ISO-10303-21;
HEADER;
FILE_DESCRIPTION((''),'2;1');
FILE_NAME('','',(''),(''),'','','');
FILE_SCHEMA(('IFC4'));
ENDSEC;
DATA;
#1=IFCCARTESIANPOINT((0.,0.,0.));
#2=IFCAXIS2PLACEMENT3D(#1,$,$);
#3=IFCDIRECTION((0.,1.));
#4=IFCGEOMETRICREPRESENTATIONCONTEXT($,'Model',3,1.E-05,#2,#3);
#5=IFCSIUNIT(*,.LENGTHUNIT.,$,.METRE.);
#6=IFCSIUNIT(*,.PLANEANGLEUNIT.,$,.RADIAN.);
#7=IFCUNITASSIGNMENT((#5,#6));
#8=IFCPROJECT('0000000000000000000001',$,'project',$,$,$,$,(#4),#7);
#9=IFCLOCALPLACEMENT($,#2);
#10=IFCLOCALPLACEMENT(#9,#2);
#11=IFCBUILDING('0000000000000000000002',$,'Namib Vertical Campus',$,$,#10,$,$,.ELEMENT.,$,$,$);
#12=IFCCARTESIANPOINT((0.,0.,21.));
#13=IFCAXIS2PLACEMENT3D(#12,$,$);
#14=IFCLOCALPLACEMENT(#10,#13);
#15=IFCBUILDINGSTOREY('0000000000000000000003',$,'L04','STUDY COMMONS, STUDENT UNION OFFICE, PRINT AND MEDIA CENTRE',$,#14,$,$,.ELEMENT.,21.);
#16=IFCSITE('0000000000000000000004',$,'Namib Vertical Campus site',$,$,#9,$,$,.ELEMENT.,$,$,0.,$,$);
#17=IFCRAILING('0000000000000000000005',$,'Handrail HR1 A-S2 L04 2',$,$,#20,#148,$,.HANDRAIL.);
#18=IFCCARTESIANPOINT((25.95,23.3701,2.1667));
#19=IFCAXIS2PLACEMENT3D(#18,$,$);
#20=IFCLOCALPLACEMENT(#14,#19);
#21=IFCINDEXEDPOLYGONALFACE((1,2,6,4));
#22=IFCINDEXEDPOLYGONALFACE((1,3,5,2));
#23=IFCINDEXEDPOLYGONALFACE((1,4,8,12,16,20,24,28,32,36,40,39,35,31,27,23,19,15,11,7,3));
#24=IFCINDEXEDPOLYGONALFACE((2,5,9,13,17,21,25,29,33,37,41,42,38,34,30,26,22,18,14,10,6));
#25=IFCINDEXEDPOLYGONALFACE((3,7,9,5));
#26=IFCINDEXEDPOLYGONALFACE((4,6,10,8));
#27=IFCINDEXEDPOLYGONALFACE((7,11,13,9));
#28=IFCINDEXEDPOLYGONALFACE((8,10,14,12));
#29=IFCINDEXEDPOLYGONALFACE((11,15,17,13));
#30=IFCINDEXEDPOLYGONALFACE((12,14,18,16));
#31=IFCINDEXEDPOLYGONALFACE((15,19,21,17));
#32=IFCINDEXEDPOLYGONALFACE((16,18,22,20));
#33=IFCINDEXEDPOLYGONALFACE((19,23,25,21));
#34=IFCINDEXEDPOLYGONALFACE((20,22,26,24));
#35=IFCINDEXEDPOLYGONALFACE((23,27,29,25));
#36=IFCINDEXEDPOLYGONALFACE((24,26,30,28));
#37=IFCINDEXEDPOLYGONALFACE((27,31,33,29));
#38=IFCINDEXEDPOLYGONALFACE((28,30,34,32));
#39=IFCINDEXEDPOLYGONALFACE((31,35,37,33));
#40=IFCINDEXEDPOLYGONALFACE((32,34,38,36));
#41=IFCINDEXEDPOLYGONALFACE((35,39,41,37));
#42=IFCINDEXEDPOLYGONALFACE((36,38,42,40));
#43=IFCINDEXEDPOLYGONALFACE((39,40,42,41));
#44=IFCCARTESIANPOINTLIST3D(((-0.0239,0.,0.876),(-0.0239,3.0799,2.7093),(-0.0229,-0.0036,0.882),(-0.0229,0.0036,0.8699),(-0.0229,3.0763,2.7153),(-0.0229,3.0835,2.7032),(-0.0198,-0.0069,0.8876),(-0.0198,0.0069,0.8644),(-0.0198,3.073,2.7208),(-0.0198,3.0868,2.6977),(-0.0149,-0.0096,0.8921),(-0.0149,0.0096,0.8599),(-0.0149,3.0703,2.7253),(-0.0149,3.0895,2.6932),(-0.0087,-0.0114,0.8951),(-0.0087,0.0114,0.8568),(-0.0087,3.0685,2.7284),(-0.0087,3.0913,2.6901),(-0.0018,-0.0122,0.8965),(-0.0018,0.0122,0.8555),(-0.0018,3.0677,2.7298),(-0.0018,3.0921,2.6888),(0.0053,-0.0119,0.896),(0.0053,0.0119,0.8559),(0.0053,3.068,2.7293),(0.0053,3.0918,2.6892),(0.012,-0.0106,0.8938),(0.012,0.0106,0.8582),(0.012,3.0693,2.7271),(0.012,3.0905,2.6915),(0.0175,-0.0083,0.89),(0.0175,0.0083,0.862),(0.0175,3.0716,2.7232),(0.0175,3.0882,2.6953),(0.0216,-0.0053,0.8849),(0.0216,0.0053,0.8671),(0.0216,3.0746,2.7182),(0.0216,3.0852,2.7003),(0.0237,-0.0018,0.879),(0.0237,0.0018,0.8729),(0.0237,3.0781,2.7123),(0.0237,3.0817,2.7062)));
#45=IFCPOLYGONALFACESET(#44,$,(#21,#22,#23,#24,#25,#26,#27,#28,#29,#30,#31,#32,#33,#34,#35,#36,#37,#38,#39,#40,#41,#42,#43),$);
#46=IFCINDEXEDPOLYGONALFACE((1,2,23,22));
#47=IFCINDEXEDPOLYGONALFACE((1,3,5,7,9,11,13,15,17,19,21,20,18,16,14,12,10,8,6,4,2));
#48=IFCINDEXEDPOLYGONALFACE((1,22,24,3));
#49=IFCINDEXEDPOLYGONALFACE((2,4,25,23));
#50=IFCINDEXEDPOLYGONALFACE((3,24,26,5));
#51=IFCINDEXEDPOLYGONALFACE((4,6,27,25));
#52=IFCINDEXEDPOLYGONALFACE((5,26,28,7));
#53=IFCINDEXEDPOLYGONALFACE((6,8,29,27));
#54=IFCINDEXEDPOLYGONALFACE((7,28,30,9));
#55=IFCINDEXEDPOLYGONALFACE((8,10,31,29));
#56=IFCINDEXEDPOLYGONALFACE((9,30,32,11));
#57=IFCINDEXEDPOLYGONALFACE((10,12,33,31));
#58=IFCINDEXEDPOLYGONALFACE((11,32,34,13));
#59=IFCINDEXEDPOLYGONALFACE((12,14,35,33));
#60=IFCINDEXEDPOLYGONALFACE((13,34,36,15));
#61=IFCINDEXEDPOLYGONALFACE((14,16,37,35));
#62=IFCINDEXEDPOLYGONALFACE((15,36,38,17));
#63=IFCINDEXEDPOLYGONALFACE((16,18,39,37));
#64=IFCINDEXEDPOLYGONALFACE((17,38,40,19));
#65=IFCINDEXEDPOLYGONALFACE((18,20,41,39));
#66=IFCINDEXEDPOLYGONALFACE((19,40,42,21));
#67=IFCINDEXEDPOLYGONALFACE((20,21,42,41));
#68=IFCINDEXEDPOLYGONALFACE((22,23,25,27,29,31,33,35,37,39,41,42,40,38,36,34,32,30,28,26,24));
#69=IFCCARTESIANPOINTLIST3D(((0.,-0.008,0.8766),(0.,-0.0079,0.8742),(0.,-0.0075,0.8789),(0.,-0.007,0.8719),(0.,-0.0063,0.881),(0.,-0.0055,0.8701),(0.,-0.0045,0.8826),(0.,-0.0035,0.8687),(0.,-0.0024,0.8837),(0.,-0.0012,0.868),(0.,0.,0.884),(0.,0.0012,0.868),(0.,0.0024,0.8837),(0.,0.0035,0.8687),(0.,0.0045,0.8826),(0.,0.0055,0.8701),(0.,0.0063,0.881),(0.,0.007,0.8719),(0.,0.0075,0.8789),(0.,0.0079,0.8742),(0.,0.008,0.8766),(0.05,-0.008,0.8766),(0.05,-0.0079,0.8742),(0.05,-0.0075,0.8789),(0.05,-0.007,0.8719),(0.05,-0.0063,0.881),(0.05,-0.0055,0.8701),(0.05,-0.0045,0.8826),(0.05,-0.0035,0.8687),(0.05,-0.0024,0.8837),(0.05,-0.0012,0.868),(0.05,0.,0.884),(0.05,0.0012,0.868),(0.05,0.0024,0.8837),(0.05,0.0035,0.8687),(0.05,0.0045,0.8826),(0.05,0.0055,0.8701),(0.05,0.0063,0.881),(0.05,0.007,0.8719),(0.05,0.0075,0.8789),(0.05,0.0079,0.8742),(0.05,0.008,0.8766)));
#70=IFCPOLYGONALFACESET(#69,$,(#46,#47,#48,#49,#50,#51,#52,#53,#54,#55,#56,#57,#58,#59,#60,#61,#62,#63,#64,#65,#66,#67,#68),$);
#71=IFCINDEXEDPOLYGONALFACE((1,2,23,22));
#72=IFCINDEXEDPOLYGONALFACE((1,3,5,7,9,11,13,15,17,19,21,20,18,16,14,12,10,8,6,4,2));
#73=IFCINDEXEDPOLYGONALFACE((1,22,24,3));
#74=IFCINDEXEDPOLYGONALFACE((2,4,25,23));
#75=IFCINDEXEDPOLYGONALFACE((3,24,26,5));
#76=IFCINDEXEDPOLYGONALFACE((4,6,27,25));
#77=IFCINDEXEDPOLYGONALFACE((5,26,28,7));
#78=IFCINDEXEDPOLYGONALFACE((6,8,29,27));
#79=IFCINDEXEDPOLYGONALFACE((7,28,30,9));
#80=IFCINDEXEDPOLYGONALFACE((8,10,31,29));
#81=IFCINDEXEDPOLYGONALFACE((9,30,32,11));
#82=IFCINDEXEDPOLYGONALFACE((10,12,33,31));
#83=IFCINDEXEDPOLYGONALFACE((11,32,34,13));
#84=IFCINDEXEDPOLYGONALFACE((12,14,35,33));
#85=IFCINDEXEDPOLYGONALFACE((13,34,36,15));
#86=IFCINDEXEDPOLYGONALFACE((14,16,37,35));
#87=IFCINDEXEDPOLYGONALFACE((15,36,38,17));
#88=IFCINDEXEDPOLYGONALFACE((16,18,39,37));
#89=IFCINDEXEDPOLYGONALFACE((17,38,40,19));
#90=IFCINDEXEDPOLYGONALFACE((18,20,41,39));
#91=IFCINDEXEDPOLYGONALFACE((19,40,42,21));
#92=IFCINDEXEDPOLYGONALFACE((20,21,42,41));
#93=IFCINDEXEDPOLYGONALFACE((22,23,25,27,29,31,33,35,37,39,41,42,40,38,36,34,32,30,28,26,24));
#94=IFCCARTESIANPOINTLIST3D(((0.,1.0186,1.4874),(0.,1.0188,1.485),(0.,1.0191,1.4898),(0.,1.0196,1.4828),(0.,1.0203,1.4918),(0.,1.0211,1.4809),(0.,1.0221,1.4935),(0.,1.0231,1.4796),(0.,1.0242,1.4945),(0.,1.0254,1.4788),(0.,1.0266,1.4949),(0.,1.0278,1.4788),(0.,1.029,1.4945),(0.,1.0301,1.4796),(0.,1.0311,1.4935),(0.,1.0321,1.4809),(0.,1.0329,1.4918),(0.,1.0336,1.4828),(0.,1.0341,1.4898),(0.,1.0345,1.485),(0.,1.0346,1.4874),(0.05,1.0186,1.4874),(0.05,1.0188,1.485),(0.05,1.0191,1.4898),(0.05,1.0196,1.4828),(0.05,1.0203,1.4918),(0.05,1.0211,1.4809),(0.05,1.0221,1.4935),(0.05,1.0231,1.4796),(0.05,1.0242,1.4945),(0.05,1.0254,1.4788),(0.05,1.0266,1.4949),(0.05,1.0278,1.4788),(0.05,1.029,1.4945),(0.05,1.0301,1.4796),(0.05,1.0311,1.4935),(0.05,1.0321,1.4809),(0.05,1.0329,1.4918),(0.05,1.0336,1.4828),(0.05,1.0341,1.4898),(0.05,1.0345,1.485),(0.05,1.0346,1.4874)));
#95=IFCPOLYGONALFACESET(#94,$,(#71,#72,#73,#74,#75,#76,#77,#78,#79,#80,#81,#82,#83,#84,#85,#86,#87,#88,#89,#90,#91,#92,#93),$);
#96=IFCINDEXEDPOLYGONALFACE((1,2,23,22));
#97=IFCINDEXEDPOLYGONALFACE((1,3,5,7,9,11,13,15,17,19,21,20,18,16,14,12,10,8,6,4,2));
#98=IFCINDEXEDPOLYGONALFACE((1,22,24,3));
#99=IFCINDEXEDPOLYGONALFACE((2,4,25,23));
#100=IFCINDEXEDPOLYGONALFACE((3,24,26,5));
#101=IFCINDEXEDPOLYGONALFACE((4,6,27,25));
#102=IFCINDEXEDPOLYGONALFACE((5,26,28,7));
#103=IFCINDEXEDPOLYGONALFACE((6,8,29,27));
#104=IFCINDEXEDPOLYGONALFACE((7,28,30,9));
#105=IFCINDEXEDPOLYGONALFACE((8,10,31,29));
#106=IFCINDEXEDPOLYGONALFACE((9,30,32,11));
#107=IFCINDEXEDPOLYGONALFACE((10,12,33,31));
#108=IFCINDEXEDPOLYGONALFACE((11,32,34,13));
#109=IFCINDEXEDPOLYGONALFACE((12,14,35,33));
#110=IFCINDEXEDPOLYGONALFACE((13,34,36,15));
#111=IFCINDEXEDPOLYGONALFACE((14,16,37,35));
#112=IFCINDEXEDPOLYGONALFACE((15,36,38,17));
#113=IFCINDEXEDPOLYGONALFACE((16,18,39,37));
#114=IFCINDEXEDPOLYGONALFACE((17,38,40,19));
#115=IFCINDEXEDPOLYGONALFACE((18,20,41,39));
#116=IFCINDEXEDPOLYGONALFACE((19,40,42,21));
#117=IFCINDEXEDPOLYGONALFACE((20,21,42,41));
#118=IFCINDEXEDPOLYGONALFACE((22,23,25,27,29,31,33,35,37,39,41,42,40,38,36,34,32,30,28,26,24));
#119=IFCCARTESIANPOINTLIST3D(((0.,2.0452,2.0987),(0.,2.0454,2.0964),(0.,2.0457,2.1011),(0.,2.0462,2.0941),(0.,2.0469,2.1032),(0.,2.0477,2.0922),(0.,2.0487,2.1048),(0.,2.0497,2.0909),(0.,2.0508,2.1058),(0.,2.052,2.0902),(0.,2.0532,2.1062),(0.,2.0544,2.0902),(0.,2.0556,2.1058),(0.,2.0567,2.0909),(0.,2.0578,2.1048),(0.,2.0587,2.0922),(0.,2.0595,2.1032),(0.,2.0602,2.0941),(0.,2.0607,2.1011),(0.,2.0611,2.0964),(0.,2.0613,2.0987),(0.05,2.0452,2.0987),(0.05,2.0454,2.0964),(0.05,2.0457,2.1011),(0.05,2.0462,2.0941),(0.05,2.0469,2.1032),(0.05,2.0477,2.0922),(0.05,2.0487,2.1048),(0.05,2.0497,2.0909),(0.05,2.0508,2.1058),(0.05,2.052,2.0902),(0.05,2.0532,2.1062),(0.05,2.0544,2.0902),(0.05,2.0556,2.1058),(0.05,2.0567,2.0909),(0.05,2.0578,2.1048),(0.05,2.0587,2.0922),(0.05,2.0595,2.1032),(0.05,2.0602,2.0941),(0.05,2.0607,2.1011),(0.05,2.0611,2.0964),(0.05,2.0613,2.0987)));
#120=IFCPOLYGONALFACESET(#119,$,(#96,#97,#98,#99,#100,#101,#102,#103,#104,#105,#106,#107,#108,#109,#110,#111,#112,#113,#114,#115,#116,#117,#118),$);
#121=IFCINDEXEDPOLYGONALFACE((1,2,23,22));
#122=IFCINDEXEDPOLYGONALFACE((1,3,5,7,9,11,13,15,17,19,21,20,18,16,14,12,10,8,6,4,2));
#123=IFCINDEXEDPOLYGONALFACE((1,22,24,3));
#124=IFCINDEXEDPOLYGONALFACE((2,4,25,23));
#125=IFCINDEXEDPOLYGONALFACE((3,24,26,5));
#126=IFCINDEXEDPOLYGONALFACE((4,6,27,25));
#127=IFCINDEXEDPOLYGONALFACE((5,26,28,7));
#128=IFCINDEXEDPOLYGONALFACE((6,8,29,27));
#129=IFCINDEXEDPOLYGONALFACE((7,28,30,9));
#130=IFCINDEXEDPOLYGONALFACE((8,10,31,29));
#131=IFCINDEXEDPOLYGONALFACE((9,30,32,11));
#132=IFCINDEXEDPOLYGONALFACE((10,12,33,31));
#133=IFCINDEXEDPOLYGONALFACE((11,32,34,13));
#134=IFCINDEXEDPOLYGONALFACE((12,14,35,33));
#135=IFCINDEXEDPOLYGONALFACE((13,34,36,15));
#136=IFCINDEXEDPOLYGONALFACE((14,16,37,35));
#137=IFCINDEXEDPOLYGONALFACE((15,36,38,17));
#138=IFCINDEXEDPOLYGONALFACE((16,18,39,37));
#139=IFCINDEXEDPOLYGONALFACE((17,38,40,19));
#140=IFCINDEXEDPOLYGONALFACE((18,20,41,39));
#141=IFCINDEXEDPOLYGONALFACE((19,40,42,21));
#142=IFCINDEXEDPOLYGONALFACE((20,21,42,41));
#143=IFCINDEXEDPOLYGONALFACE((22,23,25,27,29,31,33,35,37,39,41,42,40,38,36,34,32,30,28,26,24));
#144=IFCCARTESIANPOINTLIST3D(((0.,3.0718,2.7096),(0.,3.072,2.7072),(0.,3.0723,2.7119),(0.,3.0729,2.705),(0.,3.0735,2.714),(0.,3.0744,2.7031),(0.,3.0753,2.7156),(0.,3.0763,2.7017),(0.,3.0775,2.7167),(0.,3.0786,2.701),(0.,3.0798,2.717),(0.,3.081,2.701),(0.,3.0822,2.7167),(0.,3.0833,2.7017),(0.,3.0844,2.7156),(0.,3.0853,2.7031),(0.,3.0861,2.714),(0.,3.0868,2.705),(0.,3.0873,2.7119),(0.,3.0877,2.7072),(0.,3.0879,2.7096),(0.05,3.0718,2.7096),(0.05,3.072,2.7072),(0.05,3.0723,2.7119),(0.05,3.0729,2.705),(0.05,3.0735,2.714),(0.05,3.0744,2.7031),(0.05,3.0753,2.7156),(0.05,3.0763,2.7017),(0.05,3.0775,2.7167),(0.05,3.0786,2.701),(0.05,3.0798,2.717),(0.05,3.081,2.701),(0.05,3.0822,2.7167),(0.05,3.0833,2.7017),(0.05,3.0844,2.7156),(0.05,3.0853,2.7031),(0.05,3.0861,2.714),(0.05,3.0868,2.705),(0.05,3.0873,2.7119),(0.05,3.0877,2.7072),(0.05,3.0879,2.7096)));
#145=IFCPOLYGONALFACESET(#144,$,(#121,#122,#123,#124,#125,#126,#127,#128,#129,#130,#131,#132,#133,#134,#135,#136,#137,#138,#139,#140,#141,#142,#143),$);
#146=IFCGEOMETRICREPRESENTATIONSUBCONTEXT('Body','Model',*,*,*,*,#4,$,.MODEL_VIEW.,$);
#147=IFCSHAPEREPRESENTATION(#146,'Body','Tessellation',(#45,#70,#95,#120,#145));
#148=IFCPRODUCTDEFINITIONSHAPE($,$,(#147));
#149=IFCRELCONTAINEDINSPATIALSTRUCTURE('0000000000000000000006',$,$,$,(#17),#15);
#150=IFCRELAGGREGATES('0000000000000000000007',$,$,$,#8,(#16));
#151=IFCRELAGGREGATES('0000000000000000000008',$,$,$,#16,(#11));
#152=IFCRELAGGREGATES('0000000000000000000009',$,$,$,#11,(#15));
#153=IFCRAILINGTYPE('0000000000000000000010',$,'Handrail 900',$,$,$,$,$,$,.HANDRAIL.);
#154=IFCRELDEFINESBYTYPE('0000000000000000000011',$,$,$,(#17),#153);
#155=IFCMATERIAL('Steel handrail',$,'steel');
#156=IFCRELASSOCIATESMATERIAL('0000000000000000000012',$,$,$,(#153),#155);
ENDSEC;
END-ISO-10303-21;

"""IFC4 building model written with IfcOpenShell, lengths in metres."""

from ifc_helpers import new_model, si_unit, direction, frame, origin, origin_2d, place, context, subcontext, project, spatial, circle, extrude, material, type_object, element, save


model = new_model("IFC4")

# Units and contexts
model_context = context("Model", 3, precision=1e-05, world=origin(), true_north=direction((0.0, 1.0)))
body_context = subcontext(model_context, "Body", "Model", "MODEL_VIEW")
ifc_project = project(units=[si_unit("LENGTHUNIT", "METRE"), si_unit("PLANEANGLEUNIT", "RADIAN")], contexts=[model_context])

# Site, building, storey
site_placement = place(None, origin())
site = spatial("IfcSite", under=ifc_project, at=site_placement, Name="Namib Vertical Campus site", CompositionType="ELEMENT", RefElevation=0.0)
building_placement = place(site_placement, origin())
building = spatial("IfcBuilding", under=site, at=building_placement, Name="Namib Vertical Campus", CompositionType="ELEMENT")
storey_placement = place(building_placement, frame((0.0, 0.0, 21.0)))
storey = spatial("IfcBuildingStorey", under=building, at=storey_placement, Name="L04", Description="STUDY COMMONS, STUDENT UNION OFFICE, PRINT AND MEDIA CENTRE", CompositionType="ELEMENT", Elevation=21.0)

# Railing
ifc_material_1 = material(Name="Steel handrail", Category="steel")
railing_type_1 = type_object("IfcRailingType", Name="Handrail 900", PredefinedType="HANDRAIL", material=ifc_material_1)
railing_1_placement = place(storey_placement, frame((25.95, 23.3701, 2.1667)))
element("IfcRailing", 1, at=railing_1_placement, inside=storey, type_object=railing_type_1, Name="Handrail HR1 A-S2 L04 2", PredefinedType="HANDRAIL", context=body_context, shape_type="SweptSolid", body=[
    extrude(circle(Radius=0.0239, at=origin_2d()), frame((0.0, 0.0, 0.876), z_axis=(0.0, 0.859291, 0.511487), x_axis=(-1.0, 0.0, 0.0)), (0.0, 0.0, 1.0), 3.5842),
    extrude(circle(Radius=0.0081, at=origin_2d()), frame((0.0, 0.0, 0.876), z_axis=(1.0, 0.0, 0.0), x_axis=(0.0, 0.0, 1.0)), (0.0, 0.0, 1.0), 0.05),
    extrude(circle(Radius=0.0081, at=origin_2d()), frame((0.0, 1.0266, 1.4868), z_axis=(1.0, 0.0, 0.0), x_axis=(0.0, 0.0, 1.0)), (0.0, 0.0, 1.0), 0.05),
    extrude(circle(Radius=0.0081, at=origin_2d()), frame((0.0, 2.0532, 2.0981), z_axis=(1.0, 0.0, 0.0), x_axis=(0.0, 0.0, 1.0)), (0.0, 0.0, 1.0), 0.05),
    extrude(circle(Radius=0.0081, at=origin_2d()), frame((0.0, 3.0798, 2.709), z_axis=(1.0, 0.0, 0.0), x_axis=(0.0, 0.0, 1.0)), (0.0, 0.0, 1.0), 0.05),
])

save(model, "model.ifc")
